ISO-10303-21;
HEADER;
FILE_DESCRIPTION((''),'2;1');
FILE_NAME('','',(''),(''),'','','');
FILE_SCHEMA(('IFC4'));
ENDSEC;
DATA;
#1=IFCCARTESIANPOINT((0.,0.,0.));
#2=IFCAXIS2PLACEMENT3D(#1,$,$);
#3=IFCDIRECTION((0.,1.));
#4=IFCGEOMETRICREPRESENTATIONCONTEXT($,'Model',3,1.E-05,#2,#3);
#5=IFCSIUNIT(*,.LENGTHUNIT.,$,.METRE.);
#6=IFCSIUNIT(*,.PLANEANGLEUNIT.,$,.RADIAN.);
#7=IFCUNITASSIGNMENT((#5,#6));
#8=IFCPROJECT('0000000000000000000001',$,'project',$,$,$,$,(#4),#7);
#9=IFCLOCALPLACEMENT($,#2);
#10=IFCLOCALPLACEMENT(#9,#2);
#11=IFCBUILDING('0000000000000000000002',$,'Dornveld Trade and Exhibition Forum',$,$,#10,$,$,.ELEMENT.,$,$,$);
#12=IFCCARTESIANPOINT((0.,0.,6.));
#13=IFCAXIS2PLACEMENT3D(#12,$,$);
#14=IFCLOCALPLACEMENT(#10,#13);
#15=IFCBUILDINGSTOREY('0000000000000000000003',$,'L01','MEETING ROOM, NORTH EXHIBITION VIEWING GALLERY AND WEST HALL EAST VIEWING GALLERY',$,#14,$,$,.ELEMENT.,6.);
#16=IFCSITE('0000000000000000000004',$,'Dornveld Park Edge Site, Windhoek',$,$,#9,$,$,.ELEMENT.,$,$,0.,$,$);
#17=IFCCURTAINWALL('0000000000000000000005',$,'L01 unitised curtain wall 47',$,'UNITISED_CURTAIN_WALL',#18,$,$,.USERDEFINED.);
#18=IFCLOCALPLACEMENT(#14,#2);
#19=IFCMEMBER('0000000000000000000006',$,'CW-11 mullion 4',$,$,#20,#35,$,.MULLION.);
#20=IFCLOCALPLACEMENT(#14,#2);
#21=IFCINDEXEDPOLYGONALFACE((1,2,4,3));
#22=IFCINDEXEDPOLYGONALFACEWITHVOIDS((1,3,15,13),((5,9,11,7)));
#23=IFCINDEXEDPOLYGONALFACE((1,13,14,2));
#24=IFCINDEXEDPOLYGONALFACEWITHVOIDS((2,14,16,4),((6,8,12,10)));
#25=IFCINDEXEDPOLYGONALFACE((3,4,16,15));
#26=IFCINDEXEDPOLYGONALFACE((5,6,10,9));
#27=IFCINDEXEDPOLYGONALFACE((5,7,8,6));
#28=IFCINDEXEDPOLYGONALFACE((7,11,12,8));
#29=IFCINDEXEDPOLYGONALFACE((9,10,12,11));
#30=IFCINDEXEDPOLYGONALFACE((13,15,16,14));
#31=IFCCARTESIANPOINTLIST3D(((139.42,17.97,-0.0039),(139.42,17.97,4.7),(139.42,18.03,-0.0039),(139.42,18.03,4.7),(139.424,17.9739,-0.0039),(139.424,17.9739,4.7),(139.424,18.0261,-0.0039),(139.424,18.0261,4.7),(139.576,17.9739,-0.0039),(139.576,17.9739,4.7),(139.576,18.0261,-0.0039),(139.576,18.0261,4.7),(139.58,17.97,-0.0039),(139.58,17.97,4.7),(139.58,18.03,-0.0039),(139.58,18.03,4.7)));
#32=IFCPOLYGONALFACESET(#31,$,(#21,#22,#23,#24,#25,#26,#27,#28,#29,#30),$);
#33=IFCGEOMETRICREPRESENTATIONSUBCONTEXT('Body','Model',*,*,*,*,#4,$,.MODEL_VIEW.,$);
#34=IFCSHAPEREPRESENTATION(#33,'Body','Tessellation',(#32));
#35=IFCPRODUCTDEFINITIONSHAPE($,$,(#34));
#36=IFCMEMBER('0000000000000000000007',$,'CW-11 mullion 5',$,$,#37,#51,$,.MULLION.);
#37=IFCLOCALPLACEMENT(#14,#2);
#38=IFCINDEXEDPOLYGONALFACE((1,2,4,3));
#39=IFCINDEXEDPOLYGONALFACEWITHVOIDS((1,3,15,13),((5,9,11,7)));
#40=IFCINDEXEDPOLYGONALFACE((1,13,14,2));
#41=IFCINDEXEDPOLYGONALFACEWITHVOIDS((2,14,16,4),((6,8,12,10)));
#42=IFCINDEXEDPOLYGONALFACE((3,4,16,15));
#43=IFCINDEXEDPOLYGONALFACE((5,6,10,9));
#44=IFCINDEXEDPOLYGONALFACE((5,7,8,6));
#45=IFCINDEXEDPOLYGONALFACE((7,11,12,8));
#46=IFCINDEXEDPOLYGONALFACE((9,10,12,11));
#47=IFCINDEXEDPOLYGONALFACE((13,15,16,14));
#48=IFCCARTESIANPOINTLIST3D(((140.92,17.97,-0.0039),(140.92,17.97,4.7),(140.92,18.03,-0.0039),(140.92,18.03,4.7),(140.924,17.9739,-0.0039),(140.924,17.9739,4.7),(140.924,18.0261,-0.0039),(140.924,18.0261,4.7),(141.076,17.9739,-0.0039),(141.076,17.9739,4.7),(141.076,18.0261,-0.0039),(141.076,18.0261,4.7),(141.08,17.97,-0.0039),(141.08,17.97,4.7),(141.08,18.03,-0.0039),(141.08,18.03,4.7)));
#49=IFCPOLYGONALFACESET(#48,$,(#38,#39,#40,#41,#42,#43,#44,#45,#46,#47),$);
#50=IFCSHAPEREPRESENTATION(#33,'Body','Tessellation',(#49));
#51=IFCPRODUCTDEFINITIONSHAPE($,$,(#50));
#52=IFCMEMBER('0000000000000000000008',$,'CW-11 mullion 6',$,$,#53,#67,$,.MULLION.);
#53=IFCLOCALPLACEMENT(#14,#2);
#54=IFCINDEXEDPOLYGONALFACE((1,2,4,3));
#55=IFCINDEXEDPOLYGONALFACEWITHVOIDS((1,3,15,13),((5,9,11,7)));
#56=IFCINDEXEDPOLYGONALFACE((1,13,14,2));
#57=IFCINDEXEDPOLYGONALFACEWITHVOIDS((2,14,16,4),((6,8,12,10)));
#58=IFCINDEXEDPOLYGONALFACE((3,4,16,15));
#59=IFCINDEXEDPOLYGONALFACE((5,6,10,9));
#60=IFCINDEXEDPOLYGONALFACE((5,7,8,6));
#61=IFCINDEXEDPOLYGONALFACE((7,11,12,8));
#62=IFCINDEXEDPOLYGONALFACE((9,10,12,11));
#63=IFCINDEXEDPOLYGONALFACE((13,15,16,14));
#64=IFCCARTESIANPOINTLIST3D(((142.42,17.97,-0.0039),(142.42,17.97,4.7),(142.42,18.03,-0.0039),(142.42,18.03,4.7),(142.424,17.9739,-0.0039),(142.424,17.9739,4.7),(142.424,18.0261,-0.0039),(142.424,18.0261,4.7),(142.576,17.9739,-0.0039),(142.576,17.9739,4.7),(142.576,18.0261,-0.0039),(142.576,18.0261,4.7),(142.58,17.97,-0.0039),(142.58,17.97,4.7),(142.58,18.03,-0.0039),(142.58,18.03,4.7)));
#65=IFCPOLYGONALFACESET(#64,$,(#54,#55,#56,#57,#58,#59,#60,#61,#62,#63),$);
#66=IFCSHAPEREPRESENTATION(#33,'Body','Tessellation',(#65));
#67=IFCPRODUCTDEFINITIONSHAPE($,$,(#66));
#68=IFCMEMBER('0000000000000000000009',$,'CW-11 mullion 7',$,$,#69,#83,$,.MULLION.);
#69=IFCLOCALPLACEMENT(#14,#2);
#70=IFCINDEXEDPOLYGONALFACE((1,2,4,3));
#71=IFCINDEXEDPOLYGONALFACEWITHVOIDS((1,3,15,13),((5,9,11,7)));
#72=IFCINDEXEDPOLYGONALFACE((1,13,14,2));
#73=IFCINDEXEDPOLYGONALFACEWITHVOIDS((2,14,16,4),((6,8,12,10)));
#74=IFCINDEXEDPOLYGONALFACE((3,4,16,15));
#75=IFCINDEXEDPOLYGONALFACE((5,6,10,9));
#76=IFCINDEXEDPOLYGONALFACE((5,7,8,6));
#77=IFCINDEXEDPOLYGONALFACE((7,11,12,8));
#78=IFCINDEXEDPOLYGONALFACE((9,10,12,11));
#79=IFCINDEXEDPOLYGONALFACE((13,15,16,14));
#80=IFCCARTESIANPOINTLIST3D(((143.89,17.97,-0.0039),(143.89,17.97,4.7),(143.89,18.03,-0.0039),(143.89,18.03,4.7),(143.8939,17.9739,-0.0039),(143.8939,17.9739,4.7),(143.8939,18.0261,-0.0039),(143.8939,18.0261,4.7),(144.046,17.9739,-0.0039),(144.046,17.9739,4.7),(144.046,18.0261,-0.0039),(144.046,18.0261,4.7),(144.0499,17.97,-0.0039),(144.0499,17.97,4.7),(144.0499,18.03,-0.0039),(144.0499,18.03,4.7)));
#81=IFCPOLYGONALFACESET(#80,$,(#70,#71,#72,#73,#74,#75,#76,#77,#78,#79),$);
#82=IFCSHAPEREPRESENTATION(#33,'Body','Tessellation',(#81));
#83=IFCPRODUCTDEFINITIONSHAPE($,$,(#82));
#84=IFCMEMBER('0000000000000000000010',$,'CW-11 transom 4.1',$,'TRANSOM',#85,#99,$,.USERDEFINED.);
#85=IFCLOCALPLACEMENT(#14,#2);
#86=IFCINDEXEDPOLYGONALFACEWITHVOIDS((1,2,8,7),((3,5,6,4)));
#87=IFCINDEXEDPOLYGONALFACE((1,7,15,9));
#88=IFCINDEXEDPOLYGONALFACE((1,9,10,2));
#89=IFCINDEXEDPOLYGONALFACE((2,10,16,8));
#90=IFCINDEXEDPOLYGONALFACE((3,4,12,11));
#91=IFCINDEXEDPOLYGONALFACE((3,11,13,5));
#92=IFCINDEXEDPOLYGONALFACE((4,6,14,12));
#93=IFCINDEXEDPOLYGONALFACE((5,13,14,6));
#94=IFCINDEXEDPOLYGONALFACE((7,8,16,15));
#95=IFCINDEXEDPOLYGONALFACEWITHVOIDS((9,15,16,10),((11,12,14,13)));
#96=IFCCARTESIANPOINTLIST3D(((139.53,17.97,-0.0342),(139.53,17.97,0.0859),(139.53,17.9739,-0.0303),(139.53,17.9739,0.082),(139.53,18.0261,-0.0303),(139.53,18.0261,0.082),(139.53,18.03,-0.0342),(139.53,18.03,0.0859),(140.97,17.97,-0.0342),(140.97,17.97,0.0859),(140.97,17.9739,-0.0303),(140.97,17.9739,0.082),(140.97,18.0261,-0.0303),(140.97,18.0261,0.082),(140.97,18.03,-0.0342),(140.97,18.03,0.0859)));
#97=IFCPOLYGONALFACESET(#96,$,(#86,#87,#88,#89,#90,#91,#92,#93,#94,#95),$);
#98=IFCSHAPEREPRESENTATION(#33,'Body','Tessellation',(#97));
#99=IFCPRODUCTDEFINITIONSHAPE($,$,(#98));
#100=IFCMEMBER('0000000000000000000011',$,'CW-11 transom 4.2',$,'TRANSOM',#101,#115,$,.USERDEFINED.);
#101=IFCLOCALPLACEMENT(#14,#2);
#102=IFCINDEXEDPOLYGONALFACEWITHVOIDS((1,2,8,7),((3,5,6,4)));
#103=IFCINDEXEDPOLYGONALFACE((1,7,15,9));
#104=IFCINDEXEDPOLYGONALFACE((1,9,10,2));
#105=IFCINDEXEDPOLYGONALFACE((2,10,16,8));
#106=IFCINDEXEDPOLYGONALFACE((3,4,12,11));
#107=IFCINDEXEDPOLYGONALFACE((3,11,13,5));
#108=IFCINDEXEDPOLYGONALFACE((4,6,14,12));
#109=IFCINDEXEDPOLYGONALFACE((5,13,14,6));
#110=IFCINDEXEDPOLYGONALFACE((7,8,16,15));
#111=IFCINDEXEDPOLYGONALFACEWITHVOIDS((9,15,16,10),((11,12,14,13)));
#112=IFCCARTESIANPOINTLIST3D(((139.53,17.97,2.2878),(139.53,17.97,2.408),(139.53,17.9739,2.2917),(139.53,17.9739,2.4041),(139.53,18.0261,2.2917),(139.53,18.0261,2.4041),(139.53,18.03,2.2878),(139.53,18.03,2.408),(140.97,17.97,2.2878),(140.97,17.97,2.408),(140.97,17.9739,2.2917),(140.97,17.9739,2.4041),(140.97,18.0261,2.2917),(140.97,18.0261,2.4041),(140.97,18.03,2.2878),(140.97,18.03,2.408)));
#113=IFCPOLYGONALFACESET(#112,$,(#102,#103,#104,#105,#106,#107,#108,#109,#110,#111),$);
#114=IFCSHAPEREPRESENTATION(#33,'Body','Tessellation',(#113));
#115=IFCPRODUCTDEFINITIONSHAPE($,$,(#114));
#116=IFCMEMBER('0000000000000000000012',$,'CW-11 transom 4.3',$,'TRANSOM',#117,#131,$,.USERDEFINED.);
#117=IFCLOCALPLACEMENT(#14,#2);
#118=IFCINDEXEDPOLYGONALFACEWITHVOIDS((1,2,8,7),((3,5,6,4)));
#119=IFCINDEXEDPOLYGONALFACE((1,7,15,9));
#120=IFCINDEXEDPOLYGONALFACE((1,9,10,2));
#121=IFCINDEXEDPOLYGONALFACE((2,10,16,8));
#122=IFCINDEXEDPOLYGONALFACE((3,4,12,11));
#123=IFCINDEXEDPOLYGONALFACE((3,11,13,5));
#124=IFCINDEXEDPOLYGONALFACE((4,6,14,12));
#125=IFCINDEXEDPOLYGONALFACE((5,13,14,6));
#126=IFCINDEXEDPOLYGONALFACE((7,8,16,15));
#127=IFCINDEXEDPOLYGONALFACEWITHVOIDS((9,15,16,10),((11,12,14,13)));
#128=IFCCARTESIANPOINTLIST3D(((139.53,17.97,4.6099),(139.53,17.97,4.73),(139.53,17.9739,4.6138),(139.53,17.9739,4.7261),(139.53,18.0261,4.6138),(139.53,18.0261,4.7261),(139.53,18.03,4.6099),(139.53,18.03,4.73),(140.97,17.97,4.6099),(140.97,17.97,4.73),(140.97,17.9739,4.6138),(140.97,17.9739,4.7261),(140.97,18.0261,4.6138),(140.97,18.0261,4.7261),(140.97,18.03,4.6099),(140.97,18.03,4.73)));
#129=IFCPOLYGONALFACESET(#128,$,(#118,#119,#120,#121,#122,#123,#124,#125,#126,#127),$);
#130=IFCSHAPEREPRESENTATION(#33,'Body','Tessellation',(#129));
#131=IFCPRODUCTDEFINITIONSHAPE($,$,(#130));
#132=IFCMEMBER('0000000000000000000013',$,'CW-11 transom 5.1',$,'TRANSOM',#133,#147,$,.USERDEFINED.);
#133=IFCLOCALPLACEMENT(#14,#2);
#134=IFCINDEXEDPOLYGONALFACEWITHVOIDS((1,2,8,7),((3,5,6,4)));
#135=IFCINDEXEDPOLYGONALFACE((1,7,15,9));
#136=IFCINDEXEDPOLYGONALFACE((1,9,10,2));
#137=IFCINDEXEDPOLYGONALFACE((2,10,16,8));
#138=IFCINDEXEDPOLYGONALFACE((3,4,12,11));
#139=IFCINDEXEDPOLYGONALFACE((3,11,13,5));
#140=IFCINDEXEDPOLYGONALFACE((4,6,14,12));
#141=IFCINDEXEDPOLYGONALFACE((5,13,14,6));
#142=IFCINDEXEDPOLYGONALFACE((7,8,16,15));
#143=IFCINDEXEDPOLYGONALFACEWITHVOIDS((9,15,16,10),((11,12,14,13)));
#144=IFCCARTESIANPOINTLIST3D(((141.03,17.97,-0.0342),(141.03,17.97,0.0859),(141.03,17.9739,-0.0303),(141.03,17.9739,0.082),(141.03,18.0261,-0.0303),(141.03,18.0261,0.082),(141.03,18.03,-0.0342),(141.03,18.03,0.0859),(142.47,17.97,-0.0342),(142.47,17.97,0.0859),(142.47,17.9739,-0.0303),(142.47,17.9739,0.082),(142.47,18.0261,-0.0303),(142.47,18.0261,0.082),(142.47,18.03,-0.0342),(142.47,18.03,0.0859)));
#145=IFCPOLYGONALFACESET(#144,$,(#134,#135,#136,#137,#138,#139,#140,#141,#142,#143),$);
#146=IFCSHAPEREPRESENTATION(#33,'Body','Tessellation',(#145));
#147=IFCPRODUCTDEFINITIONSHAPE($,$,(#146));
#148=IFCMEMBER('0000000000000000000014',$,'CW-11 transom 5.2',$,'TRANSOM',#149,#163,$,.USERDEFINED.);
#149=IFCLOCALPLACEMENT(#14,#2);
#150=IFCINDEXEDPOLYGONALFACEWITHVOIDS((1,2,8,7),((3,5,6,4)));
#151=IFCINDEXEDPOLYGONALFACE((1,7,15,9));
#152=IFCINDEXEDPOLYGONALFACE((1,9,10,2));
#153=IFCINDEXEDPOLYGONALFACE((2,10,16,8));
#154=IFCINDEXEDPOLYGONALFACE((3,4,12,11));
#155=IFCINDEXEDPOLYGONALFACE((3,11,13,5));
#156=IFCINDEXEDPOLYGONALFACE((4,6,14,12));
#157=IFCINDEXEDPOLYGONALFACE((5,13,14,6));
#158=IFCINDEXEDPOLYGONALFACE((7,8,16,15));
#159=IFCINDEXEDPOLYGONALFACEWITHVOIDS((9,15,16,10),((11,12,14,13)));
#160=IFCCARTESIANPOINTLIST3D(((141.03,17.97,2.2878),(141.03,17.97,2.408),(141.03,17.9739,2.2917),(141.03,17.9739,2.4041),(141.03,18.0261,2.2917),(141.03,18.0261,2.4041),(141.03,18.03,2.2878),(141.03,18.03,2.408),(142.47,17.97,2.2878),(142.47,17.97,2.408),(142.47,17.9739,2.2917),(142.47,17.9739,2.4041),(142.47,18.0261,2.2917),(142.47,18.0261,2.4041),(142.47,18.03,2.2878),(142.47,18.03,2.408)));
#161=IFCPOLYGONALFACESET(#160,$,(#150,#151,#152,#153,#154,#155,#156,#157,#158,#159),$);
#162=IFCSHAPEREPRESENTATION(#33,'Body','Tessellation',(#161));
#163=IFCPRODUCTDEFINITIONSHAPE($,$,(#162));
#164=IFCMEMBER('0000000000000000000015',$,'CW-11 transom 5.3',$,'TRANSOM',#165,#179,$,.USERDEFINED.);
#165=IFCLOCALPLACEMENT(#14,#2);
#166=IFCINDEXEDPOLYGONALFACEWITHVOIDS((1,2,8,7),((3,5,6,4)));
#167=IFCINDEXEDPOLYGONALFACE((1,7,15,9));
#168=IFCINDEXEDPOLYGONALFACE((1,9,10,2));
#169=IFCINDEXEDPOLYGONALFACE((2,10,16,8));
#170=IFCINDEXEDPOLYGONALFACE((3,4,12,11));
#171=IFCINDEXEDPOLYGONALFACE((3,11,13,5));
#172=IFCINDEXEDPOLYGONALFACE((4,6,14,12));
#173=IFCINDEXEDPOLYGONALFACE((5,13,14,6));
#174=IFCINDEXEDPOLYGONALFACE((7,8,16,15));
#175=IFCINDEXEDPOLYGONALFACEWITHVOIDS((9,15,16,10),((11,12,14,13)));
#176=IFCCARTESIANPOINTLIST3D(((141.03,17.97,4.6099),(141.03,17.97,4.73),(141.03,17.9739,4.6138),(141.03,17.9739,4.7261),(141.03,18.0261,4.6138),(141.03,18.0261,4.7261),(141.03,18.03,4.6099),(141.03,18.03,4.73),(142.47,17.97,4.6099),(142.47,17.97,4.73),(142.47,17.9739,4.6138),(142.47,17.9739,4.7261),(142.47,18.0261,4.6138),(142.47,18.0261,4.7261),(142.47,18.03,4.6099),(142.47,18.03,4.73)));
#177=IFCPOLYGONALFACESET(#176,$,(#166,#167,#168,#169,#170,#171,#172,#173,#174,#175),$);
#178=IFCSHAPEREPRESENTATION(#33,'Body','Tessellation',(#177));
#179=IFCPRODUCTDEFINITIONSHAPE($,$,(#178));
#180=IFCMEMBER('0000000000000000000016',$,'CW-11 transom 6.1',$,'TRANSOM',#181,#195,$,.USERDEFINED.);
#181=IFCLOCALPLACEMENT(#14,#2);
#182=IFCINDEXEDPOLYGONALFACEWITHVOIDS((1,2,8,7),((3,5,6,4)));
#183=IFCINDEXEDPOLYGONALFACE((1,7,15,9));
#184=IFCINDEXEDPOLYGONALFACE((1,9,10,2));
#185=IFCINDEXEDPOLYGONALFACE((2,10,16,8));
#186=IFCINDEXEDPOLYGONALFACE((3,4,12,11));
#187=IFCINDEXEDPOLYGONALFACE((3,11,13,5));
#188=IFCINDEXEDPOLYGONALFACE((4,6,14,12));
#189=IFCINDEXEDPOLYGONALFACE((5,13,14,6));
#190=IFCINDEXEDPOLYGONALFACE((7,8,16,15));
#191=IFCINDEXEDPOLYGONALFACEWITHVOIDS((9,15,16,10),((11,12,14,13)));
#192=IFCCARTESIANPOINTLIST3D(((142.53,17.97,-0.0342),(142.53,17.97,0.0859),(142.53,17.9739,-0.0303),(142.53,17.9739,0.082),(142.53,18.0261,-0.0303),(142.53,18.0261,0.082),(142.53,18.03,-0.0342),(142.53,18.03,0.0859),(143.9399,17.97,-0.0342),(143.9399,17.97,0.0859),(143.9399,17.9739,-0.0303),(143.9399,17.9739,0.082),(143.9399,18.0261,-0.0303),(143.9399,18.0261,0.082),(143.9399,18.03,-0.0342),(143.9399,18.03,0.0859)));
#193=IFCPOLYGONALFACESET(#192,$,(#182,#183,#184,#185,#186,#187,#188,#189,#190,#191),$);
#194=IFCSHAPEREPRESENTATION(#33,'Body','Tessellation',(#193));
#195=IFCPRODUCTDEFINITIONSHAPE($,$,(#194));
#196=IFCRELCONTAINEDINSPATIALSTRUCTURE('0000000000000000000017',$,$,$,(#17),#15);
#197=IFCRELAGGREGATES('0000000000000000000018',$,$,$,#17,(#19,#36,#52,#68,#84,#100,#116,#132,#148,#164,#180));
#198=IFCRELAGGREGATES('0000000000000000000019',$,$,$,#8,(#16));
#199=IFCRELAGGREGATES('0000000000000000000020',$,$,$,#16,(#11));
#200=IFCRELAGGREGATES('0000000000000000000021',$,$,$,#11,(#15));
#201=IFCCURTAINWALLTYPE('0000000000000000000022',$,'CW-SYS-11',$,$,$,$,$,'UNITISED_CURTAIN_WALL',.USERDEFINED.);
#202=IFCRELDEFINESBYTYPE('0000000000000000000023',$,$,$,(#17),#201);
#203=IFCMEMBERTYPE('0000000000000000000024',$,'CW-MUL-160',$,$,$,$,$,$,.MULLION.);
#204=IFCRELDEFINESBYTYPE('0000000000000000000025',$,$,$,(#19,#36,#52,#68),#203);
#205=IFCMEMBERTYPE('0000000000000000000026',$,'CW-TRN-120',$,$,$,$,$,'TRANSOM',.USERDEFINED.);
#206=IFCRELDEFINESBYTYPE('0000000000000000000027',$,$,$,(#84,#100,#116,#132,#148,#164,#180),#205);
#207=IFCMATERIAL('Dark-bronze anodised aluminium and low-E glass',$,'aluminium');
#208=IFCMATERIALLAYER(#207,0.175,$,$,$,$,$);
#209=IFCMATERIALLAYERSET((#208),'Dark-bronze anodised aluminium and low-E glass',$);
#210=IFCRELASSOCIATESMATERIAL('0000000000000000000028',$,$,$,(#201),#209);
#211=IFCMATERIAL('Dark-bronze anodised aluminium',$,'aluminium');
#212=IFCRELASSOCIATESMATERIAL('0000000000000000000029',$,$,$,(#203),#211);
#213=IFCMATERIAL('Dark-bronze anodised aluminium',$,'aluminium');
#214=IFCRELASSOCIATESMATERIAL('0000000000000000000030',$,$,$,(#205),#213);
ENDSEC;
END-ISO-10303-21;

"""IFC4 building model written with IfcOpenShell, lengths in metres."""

from ifc_helpers import new_model, si_unit, direction, frame, origin, origin_2d, place, context, subcontext, project, spatial, hollow_rectangle, extrude, material, layer, layer_set, material_profile, profile_set, type_object, element, aggregate, save


model = new_model("IFC4")

# Units and contexts
model_context = context("Model", 3, precision=1e-05, world=origin(), true_north=direction((0.0, 1.0)))
body_context = subcontext(model_context, "Body", "Model", "MODEL_VIEW")
ifc_project = project(units=[si_unit("LENGTHUNIT", "METRE"), si_unit("PLANEANGLEUNIT", "RADIAN")], contexts=[model_context])

# Site, building, storey
site_placement = place(None, origin())
site = spatial("IfcSite", under=ifc_project, at=site_placement, Name="Dornveld Park Edge Site, Windhoek", CompositionType="ELEMENT", RefElevation=0.0)
building_placement = place(site_placement, origin())
building = spatial("IfcBuilding", under=site, at=building_placement, Name="Dornveld Trade and Exhibition Forum", CompositionType="ELEMENT")
storey_placement = place(building_placement, frame((0.0, 0.0, 6.0)))
storey = spatial("IfcBuildingStorey", under=building, at=storey_placement, Name="L01", Description="MEETING ROOM, NORTH EXHIBITION VIEWING GALLERY AND WEST HALL EAST VIEWING GALLERY", CompositionType="ELEMENT", Elevation=6.0)

# Curtain wall, members
ifc_material_1 = material(Name="Dark-bronze anodised aluminium and low-E glass", Category="aluminium")
ifc_layer_1 = layer(ifc_material_1, 0.175)
ifc_layer_set_1 = layer_set([ifc_layer_1], Name="Dark-bronze anodised aluminium and low-E glass")
curtain_wall_type = type_object("IfcCurtainWallType", Name="CW-SYS-11", ElementType="UNITISED_CURTAIN_WALL", PredefinedType="USERDEFINED", material=ifc_layer_set_1)
curtain_wall_placement = place(storey_placement, origin())
curtain_wall = element("IfcCurtainWall", 1, at=curtain_wall_placement, inside=storey, type_object=curtain_wall_type, Name="L01 unitised curtain wall 47", ObjectType="UNITISED_CURTAIN_WALL", PredefinedType="USERDEFINED")
ifc_material_2 = material(Name="Dark-bronze anodised aluminium", Category="aluminium")
ifc_material_profile_1 = material_profile(ifc_material_2, hollow_rectangle(XDim=0.0601, YDim=0.1599, WallThickness=0.0039, at=origin_2d()), Name="RHS 160x60x4")
ifc_profile_set_1 = profile_set([ifc_material_profile_1], Name="Dark-bronze anodised aluminium")
member_type_1 = type_object("IfcMemberType", Name="CW-MUL-160", PredefinedType="MULLION", material=ifc_profile_set_1)
member_1_placement = place(storey_placement, frame((139.5, 18.0, -0.0039), z_axis=(0.0, 0.0, 1.0), x_axis=(0.0, 1.0, 0.0)))
member_1 = element("IfcMember", 2, at=member_1_placement, type_object=member_type_1, Name="CW-11 mullion 4", PredefinedType="MULLION", context=body_context, shape_type="SweptSolid", body=[
    extrude(hollow_rectangle(XDim=0.0601, YDim=0.1599, WallThickness=0.0039, at=origin_2d()), origin(), (0.0, 0.0, 1.0), 4.7039),
])
member_2_placement = place(storey_placement, frame((141.0, 18.0, -0.0039), z_axis=(0.0, 0.0, 1.0), x_axis=(0.0, 1.0, 0.0)))
member_2 = element("IfcMember", 3, at=member_2_placement, type_object=member_type_1, Name="CW-11 mullion 5", PredefinedType="MULLION", context=body_context, shape_type="SweptSolid", body=[
    extrude(hollow_rectangle(XDim=0.0601, YDim=0.1599, WallThickness=0.0039, at=origin_2d()), origin(), (0.0, 0.0, 1.0), 4.7039),
])
member_3_placement = place(storey_placement, frame((142.5, 18.0, -0.0039), z_axis=(0.0, 0.0, 1.0), x_axis=(0.0, 1.0, 0.0)))
member_3 = element("IfcMember", 4, at=member_3_placement, type_object=member_type_1, Name="CW-11 mullion 6", PredefinedType="MULLION", context=body_context, shape_type="SweptSolid", body=[
    extrude(hollow_rectangle(XDim=0.0601, YDim=0.1599, WallThickness=0.0039, at=origin_2d()), origin(), (0.0, 0.0, 1.0), 4.7039),
])
member_4_placement = place(storey_placement, frame((143.97, 18.0, -0.0039), z_axis=(0.0, 0.0, 1.0), x_axis=(0.0, 1.0, 0.0)))
member_4 = element("IfcMember", 5, at=member_4_placement, type_object=member_type_1, Name="CW-11 mullion 7", PredefinedType="MULLION", context=body_context, shape_type="SweptSolid", body=[
    extrude(hollow_rectangle(XDim=0.0601, YDim=0.1599, WallThickness=0.0039, at=origin_2d()), origin(), (0.0, 0.0, 1.0), 4.7039),
])
ifc_material_3 = material(Name="Dark-bronze anodised aluminium", Category="aluminium")
ifc_material_profile_2 = material_profile(ifc_material_3, hollow_rectangle(XDim=0.0601, YDim=0.1201, WallThickness=0.0039, at=origin_2d()), Name="RHS 120x60x4")
ifc_profile_set_2 = profile_set([ifc_material_profile_2], Name="Dark-bronze anodised aluminium")
member_type_2 = type_object("IfcMemberType", Name="CW-TRN-120", ElementType="TRANSOM", PredefinedType="USERDEFINED", material=ifc_profile_set_2)
member_5_placement = place(storey_placement, frame((139.53, 18.0, 0.0259), z_axis=(1.0, 0.0, 0.0), x_axis=(0.0, 1.0, 0.0)))
member_5 = element("IfcMember", 6, at=member_5_placement, type_object=member_type_2, Name="CW-11 transom 4.1", ObjectType="TRANSOM", PredefinedType="USERDEFINED", context=body_context, shape_type="SweptSolid", body=[
    extrude(hollow_rectangle(XDim=0.0601, YDim=0.1201, WallThickness=0.0039, at=origin_2d()), origin(), (0.0, 0.0, 1.0), 1.4399),
])
member_6_placement = place(storey_placement, frame((139.53, 18.0, 2.3479), z_axis=(1.0, 0.0, 0.0), x_axis=(0.0, 1.0, 0.0)))
member_6 = element("IfcMember", 7, at=member_6_placement, type_object=member_type_2, Name="CW-11 transom 4.2", ObjectType="TRANSOM", PredefinedType="USERDEFINED", context=body_context, shape_type="SweptSolid", body=[
    extrude(hollow_rectangle(XDim=0.0601, YDim=0.1201, WallThickness=0.0039, at=origin_2d()), origin(), (0.0, 0.0, 1.0), 1.4399),
])
member_7_placement = place(storey_placement, frame((139.53, 18.0, 4.6699), z_axis=(1.0, 0.0, 0.0), x_axis=(0.0, 1.0, 0.0)))
member_7 = element("IfcMember", 8, at=member_7_placement, type_object=member_type_2, Name="CW-11 transom 4.3", ObjectType="TRANSOM", PredefinedType="USERDEFINED", context=body_context, shape_type="SweptSolid", body=[
    extrude(hollow_rectangle(XDim=0.0601, YDim=0.1201, WallThickness=0.0039, at=origin_2d()), origin(), (0.0, 0.0, 1.0), 1.4399),
])
member_8_placement = place(storey_placement, frame((141.03, 18.0, 0.0259), z_axis=(1.0, 0.0, 0.0), x_axis=(0.0, 1.0, 0.0)))
member_8 = element("IfcMember", 9, at=member_8_placement, type_object=member_type_2, Name="CW-11 transom 5.1", ObjectType="TRANSOM", PredefinedType="USERDEFINED", context=body_context, shape_type="SweptSolid", body=[
    extrude(hollow_rectangle(XDim=0.0601, YDim=0.1201, WallThickness=0.0039, at=origin_2d()), origin(), (0.0, 0.0, 1.0), 1.4399),
])
member_9_placement = place(storey_placement, frame((141.03, 18.0, 2.3479), z_axis=(1.0, 0.0, 0.0), x_axis=(0.0, 1.0, 0.0)))
member_9 = element("IfcMember", 10, at=member_9_placement, type_object=member_type_2, Name="CW-11 transom 5.2", ObjectType="TRANSOM", PredefinedType="USERDEFINED", context=body_context, shape_type="SweptSolid", body=[
    extrude(hollow_rectangle(XDim=0.0601, YDim=0.1201, WallThickness=0.0039, at=origin_2d()), origin(), (0.0, 0.0, 1.0), 1.4399),
])
member_10_placement = place(storey_placement, frame((141.03, 18.0, 4.6699), z_axis=(1.0, 0.0, 0.0), x_axis=(0.0, 1.0, 0.0)))
member_10 = element("IfcMember", 11, at=member_10_placement, type_object=member_type_2, Name="CW-11 transom 5.3", ObjectType="TRANSOM", PredefinedType="USERDEFINED", context=body_context, shape_type="SweptSolid", body=[
    extrude(hollow_rectangle(XDim=0.0601, YDim=0.1201, WallThickness=0.0039, at=origin_2d()), origin(), (0.0, 0.0, 1.0), 1.4399),
])
member_11_placement = place(storey_placement, frame((142.53, 18.0, 0.0259), z_axis=(1.0, 0.0, 0.0), x_axis=(0.0, 1.0, 0.0)))
member_11 = element("IfcMember", 12, at=member_11_placement, type_object=member_type_2, Name="CW-11 transom 6.1", ObjectType="TRANSOM", PredefinedType="USERDEFINED", context=body_context, shape_type="SweptSolid", body=[
    extrude(hollow_rectangle(XDim=0.0601, YDim=0.1201, WallThickness=0.0039, at=origin_2d()), origin(), (0.0, 0.0, 1.0), 1.4099),
])
aggregate(curtain_wall, [member_1, member_2, member_3, member_4, member_5, member_6, member_7, member_8, member_9, member_10, member_11])

save(model, "model.ifc")
